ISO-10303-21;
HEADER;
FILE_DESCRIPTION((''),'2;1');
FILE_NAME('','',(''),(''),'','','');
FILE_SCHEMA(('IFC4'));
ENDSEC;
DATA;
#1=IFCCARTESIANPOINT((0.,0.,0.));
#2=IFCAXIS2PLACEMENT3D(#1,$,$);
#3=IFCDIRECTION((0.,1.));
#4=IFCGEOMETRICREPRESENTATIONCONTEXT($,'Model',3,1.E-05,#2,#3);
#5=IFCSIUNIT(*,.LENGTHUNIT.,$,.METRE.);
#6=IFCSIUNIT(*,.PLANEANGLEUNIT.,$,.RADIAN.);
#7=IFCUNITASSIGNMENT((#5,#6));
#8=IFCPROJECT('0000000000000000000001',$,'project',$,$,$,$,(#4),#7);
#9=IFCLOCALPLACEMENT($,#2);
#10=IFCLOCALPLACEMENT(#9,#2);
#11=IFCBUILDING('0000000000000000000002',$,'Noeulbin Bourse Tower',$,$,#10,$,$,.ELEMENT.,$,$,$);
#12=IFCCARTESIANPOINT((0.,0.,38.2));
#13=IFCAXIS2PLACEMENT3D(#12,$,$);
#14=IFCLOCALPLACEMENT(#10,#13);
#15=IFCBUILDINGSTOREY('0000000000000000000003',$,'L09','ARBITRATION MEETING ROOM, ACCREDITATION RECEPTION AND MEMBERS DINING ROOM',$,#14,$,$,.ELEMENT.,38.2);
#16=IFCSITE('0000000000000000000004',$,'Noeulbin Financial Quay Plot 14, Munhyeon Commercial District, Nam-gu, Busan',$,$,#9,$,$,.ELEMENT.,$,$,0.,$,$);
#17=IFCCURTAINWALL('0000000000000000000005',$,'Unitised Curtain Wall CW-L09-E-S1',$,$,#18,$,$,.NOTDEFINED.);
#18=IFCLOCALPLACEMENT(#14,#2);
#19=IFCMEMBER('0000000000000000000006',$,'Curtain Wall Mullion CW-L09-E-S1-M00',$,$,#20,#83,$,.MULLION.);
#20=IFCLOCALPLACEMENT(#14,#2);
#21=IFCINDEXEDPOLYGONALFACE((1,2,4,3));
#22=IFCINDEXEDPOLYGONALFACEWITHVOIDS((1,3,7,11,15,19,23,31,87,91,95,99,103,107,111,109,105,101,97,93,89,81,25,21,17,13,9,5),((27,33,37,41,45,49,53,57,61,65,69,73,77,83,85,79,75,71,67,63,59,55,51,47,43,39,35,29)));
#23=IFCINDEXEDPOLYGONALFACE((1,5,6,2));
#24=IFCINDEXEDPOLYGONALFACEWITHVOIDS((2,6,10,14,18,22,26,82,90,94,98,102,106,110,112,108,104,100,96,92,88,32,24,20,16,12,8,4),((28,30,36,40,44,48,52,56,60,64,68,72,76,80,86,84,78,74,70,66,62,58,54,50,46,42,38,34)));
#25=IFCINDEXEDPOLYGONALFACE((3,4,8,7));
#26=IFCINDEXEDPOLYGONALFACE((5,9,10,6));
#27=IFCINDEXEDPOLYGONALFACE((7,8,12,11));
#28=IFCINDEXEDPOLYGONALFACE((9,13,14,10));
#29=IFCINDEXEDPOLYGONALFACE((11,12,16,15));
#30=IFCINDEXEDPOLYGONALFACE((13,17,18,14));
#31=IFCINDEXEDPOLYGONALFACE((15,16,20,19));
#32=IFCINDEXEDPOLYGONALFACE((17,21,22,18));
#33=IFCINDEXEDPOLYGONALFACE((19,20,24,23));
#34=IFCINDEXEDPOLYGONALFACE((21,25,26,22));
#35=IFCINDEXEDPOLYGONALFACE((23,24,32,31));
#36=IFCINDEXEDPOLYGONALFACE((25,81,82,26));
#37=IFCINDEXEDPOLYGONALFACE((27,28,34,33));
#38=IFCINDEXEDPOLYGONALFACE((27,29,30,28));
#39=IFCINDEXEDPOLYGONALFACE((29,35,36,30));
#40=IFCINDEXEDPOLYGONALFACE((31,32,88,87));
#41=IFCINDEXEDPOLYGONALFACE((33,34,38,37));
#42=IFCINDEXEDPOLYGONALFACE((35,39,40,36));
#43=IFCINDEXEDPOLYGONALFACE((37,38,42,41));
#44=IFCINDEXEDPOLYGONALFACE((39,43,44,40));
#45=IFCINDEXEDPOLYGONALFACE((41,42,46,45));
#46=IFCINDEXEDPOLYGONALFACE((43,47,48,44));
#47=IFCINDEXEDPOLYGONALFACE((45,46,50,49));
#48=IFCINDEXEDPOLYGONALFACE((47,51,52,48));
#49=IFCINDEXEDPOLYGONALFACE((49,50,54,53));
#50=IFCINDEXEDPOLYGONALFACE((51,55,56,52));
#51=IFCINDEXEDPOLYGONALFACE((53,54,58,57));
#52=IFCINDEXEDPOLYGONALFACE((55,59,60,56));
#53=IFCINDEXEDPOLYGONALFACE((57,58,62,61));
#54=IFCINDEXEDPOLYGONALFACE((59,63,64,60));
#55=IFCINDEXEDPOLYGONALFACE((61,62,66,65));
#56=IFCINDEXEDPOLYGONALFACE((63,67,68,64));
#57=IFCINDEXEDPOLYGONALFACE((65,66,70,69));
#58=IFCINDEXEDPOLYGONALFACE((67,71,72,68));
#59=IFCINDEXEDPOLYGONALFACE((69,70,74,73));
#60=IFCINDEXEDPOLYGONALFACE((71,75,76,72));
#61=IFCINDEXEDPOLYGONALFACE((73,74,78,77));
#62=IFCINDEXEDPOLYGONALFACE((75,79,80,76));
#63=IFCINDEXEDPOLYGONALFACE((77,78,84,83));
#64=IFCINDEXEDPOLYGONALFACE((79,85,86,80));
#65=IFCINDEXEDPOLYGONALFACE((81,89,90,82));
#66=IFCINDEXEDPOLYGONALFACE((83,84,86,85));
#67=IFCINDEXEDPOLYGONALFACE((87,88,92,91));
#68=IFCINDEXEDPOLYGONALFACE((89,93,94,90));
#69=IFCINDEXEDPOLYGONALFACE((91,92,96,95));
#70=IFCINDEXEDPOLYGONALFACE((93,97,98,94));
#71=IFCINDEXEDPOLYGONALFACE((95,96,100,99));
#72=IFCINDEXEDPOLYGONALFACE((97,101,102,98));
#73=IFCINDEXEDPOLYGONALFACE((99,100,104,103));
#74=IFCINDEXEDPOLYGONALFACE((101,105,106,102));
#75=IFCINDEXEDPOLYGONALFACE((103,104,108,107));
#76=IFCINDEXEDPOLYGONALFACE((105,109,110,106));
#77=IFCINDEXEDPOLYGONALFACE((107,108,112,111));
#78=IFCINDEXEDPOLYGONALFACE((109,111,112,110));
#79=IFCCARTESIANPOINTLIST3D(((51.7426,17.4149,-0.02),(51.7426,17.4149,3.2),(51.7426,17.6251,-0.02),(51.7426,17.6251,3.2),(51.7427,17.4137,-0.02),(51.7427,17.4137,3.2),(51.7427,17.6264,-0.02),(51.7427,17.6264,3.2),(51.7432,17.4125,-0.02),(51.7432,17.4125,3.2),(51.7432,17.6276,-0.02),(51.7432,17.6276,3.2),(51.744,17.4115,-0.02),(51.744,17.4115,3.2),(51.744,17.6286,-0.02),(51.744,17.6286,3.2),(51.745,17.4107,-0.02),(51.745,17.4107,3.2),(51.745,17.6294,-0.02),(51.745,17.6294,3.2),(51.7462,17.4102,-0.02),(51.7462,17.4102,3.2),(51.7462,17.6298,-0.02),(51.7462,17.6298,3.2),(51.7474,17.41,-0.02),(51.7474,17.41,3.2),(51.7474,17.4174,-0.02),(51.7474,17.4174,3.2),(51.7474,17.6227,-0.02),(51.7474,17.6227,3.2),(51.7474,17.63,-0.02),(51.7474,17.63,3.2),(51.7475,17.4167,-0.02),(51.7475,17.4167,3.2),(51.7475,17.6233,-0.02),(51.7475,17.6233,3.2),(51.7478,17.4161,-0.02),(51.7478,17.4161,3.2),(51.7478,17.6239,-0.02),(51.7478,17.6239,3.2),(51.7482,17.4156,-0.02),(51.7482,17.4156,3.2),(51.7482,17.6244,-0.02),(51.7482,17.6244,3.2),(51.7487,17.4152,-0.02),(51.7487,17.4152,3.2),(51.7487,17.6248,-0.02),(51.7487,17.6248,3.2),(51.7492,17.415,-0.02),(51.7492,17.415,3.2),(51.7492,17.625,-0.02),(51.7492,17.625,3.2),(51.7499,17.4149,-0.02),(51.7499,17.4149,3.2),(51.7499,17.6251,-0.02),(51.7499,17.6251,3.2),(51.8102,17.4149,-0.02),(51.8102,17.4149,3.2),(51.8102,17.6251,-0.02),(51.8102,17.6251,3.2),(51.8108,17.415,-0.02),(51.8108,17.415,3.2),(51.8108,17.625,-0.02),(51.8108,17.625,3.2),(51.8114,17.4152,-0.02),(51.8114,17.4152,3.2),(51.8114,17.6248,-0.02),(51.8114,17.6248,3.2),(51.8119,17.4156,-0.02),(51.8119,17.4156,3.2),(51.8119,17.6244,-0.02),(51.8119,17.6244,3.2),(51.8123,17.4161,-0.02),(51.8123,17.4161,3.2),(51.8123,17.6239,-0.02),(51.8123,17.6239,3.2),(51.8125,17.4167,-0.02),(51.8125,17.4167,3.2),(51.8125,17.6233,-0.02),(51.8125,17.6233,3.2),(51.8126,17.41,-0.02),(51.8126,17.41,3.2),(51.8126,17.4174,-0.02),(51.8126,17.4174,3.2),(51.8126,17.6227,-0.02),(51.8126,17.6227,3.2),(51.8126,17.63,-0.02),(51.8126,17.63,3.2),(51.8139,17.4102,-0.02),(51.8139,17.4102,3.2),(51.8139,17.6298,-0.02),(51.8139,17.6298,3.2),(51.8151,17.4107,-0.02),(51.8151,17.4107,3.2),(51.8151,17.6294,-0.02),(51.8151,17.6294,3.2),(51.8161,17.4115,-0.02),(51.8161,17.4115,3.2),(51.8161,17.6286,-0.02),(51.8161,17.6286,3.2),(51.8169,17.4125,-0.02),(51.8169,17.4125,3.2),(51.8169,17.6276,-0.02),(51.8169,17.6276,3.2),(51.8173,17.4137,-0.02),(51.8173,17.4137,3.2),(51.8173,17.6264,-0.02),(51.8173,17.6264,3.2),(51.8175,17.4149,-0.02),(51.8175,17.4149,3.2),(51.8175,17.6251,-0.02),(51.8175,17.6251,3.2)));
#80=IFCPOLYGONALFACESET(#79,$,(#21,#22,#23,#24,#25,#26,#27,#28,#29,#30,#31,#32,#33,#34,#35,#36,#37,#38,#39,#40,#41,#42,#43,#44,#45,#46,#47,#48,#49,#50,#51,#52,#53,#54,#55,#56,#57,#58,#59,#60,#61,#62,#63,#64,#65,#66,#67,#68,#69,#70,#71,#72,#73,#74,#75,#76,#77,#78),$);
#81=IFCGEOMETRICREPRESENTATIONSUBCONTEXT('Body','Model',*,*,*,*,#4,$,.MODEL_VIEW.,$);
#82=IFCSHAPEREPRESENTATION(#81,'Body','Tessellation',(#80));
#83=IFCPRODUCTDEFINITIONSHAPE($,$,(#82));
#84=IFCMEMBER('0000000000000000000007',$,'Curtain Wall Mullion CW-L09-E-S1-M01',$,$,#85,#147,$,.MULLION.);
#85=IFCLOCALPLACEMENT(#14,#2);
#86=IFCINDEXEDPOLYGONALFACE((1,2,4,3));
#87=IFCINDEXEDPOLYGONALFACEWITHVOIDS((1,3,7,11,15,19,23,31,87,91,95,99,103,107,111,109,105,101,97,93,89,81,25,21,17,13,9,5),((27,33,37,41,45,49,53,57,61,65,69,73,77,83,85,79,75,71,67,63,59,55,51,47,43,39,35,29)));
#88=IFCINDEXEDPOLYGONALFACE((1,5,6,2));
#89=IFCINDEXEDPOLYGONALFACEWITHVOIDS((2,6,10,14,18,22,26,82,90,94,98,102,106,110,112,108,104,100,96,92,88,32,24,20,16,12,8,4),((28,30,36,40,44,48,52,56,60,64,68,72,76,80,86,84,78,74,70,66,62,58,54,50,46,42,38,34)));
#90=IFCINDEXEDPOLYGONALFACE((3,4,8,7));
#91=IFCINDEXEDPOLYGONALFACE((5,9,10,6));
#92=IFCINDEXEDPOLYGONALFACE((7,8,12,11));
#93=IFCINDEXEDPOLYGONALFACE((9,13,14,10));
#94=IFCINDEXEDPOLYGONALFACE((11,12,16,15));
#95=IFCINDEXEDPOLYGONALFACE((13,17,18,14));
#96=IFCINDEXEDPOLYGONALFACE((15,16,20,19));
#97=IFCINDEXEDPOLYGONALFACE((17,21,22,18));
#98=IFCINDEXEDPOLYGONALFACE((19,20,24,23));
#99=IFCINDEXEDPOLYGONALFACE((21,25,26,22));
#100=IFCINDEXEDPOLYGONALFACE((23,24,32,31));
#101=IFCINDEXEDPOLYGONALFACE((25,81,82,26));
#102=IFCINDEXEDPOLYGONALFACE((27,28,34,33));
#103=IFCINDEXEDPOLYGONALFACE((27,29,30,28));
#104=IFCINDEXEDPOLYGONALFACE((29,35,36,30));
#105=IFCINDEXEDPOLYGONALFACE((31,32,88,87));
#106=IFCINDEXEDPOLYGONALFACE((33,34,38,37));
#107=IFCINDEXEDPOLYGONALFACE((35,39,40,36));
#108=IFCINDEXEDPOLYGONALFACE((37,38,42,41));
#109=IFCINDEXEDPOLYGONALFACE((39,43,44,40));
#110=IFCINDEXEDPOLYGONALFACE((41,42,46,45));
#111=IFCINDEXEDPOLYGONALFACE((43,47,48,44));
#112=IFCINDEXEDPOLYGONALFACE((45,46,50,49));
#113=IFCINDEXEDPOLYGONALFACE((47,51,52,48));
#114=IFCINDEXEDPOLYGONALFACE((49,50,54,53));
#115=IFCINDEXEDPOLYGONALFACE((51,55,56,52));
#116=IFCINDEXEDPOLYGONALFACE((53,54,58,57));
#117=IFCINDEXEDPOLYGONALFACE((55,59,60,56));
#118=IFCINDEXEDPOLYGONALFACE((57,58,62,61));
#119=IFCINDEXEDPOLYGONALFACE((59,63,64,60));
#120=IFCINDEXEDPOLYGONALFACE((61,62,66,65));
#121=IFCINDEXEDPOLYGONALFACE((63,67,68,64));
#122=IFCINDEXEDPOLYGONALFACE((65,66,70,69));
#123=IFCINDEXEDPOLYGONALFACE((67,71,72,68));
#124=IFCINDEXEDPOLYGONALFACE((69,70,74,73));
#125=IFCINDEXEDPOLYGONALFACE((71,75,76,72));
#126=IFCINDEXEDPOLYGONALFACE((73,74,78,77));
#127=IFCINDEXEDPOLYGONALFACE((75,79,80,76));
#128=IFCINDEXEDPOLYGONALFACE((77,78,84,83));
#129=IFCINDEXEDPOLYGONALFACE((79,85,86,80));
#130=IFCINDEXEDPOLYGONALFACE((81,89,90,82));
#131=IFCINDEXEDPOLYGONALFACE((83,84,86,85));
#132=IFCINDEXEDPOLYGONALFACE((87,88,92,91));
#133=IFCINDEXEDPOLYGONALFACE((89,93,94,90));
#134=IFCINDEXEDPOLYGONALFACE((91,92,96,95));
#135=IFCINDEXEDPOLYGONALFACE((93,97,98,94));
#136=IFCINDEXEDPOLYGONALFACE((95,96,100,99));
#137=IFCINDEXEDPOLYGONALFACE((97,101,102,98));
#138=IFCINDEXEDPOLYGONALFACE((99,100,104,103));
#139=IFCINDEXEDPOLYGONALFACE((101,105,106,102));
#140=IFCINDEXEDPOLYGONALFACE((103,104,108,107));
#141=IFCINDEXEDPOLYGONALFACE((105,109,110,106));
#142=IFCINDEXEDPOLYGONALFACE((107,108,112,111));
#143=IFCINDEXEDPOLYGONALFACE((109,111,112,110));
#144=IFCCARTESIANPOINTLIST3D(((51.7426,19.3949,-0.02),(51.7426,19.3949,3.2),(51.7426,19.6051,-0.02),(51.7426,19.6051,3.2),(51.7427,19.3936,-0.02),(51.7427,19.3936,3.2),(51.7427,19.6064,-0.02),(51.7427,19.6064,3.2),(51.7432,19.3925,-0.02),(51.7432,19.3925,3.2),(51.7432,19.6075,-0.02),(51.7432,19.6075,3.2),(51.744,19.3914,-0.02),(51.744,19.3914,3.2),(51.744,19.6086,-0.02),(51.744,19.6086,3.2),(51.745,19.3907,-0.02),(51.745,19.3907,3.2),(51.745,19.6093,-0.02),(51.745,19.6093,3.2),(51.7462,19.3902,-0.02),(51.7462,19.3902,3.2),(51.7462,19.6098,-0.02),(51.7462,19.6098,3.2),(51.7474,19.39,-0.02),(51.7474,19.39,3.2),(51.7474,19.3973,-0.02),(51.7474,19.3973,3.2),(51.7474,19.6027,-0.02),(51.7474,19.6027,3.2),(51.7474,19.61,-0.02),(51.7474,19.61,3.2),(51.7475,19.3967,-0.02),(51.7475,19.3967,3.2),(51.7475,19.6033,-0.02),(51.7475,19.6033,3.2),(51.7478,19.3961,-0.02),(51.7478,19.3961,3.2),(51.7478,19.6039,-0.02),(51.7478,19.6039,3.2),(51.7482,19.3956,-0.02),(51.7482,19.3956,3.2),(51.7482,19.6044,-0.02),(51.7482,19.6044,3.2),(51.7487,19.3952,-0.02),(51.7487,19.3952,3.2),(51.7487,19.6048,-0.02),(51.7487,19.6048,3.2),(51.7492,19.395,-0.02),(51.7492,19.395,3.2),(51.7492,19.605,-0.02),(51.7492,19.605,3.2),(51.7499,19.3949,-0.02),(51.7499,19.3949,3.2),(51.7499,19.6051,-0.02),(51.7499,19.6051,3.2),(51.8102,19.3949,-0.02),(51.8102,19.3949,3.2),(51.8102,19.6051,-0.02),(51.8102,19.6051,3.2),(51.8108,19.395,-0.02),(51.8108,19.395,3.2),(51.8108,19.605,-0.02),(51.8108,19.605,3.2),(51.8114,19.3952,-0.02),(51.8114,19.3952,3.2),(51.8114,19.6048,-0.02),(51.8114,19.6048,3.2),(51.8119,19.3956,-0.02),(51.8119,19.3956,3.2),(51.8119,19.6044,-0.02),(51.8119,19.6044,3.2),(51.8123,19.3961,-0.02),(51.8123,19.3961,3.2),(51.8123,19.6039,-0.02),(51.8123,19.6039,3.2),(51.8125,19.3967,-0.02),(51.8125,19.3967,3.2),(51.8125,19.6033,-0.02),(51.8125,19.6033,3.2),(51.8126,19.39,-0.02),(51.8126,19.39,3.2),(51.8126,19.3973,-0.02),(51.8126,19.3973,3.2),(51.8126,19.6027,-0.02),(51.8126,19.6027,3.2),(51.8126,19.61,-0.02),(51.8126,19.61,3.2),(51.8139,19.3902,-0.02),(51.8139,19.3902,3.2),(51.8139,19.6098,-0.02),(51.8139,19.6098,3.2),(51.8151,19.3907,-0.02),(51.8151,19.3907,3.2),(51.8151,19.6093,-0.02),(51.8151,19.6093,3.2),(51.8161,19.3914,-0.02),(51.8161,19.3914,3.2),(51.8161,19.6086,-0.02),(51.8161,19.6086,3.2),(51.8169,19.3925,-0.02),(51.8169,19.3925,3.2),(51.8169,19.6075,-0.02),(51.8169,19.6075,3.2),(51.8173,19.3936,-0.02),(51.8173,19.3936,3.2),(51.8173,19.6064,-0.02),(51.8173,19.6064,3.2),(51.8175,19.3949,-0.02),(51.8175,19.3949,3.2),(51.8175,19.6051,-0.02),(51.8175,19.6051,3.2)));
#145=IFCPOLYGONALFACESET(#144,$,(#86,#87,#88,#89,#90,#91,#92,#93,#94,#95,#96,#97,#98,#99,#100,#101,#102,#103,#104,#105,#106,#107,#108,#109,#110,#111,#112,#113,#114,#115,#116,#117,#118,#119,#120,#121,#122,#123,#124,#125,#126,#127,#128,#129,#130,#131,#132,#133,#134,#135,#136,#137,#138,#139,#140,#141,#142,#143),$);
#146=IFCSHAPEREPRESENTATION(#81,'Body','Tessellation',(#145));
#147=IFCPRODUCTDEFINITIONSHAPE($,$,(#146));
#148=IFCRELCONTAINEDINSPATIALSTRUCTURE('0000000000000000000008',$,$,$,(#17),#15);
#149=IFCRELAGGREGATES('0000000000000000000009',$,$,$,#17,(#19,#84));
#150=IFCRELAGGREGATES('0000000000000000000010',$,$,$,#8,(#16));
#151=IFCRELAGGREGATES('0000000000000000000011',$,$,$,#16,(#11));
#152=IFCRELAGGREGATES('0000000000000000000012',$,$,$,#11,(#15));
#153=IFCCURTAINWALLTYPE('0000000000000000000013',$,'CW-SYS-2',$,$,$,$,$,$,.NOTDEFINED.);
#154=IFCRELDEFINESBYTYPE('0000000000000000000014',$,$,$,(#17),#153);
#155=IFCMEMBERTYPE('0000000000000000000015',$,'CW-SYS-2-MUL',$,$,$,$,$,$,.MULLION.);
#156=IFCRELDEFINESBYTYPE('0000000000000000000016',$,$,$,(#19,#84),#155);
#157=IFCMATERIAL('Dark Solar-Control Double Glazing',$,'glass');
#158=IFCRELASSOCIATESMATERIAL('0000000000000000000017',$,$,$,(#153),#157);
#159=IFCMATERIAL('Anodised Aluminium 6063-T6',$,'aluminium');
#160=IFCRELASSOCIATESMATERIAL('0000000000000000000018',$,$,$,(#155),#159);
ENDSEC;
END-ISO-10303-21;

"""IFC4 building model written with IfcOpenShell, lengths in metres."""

from ifc_helpers import new_model, si_unit, direction, frame, origin, origin_2d, place, context, subcontext, project, spatial, hollow_rectangle, extrude, material, material_profile, profile_set, type_object, element, aggregate, save


model = new_model("IFC4")

# Units and contexts
model_context = context("Model", 3, precision=1e-05, world=origin(), true_north=direction((0.0, 1.0)))
body_context = subcontext(model_context, "Body", "Model", "MODEL_VIEW")
ifc_project = project(units=[si_unit("LENGTHUNIT", "METRE"), si_unit("PLANEANGLEUNIT", "RADIAN")], contexts=[model_context])

# Site, building, storey
site_placement = place(None, origin())
site = spatial("IfcSite", under=ifc_project, at=site_placement, Name="Noeulbin Financial Quay Plot 14, Munhyeon Commercial District, Nam-gu, Busan", CompositionType="ELEMENT", RefElevation=0.0)
building_placement = place(site_placement, origin())
building = spatial("IfcBuilding", under=site, at=building_placement, Name="Noeulbin Bourse Tower", CompositionType="ELEMENT")
storey_placement = place(building_placement, frame((0.0, 0.0, 38.2)))
storey = spatial("IfcBuildingStorey", under=building, at=storey_placement, Name="L09", Description="ARBITRATION MEETING ROOM, ACCREDITATION RECEPTION AND MEMBERS DINING ROOM", CompositionType="ELEMENT", Elevation=38.2)

# Curtain wall, members
ifc_material_1 = material(Name="Dark Solar-Control Double Glazing", Category="glass")
curtain_wall_type = type_object("IfcCurtainWallType", Name="CW-SYS-2", PredefinedType="NOTDEFINED", material=ifc_material_1)
ifc_material_2 = material(Name="Anodised Aluminium 6063-T6", Category="aluminium")
ifc_material_profile_1 = material_profile(ifc_material_2, hollow_rectangle(XDim=0.075, YDim=0.22, WallThickness=0.0049, InnerFilletRadius=0.0024, OuterFilletRadius=0.0049, at=origin_2d()), Name="ALU-MULL-75x220x5", Category="LoadBearing")
ifc_profile_set_1 = profile_set([ifc_material_profile_1], Name="Anodised Aluminium 6063-T6")
member_type_1 = type_object("IfcMemberType", Name="CW-SYS-2-MUL", PredefinedType="MULLION", material=ifc_profile_set_1)
curtain_wall_1_placement = place(storey_placement, origin())
curtain_wall_1 = element("IfcCurtainWall", 1, at=curtain_wall_1_placement, inside=storey, type_object=curtain_wall_type, Name="Unitised Curtain Wall CW-L09-E-S1", PredefinedType="NOTDEFINED")
member_1_placement = place(storey_placement, frame((51.78, 17.52, -0.02), z_axis=(0.0, 0.0, 1.0), x_axis=(1.0, 0.0, 0.0)))
member_1 = element("IfcMember", 2, at=member_1_placement, type_object=member_type_1, Name="Curtain Wall Mullion CW-L09-E-S1-M00", PredefinedType="MULLION", context=body_context, shape_type="SweptSolid", body=[
    extrude(hollow_rectangle(XDim=0.075, YDim=0.22, WallThickness=0.0049, InnerFilletRadius=0.0024, OuterFilletRadius=0.0049, at=origin_2d()), origin(), (0.0, 0.0, 1.0), 3.22),
])
member_2_placement = place(storey_placement, frame((51.78, 19.5, -0.02), z_axis=(0.0, 0.0, 1.0), x_axis=(1.0, 0.0, 0.0)))
member_2 = element("IfcMember", 3, at=member_2_placement, type_object=member_type_1, Name="Curtain Wall Mullion CW-L09-E-S1-M01", PredefinedType="MULLION", context=body_context, shape_type="SweptSolid", body=[
    extrude(hollow_rectangle(XDim=0.075, YDim=0.22, WallThickness=0.0049, InnerFilletRadius=0.0024, OuterFilletRadius=0.0049, at=origin_2d()), origin(), (0.0, 0.0, 1.0), 3.22),
])

aggregate(curtain_wall_1, [member_1, member_2])

save(model, "model.ifc")
